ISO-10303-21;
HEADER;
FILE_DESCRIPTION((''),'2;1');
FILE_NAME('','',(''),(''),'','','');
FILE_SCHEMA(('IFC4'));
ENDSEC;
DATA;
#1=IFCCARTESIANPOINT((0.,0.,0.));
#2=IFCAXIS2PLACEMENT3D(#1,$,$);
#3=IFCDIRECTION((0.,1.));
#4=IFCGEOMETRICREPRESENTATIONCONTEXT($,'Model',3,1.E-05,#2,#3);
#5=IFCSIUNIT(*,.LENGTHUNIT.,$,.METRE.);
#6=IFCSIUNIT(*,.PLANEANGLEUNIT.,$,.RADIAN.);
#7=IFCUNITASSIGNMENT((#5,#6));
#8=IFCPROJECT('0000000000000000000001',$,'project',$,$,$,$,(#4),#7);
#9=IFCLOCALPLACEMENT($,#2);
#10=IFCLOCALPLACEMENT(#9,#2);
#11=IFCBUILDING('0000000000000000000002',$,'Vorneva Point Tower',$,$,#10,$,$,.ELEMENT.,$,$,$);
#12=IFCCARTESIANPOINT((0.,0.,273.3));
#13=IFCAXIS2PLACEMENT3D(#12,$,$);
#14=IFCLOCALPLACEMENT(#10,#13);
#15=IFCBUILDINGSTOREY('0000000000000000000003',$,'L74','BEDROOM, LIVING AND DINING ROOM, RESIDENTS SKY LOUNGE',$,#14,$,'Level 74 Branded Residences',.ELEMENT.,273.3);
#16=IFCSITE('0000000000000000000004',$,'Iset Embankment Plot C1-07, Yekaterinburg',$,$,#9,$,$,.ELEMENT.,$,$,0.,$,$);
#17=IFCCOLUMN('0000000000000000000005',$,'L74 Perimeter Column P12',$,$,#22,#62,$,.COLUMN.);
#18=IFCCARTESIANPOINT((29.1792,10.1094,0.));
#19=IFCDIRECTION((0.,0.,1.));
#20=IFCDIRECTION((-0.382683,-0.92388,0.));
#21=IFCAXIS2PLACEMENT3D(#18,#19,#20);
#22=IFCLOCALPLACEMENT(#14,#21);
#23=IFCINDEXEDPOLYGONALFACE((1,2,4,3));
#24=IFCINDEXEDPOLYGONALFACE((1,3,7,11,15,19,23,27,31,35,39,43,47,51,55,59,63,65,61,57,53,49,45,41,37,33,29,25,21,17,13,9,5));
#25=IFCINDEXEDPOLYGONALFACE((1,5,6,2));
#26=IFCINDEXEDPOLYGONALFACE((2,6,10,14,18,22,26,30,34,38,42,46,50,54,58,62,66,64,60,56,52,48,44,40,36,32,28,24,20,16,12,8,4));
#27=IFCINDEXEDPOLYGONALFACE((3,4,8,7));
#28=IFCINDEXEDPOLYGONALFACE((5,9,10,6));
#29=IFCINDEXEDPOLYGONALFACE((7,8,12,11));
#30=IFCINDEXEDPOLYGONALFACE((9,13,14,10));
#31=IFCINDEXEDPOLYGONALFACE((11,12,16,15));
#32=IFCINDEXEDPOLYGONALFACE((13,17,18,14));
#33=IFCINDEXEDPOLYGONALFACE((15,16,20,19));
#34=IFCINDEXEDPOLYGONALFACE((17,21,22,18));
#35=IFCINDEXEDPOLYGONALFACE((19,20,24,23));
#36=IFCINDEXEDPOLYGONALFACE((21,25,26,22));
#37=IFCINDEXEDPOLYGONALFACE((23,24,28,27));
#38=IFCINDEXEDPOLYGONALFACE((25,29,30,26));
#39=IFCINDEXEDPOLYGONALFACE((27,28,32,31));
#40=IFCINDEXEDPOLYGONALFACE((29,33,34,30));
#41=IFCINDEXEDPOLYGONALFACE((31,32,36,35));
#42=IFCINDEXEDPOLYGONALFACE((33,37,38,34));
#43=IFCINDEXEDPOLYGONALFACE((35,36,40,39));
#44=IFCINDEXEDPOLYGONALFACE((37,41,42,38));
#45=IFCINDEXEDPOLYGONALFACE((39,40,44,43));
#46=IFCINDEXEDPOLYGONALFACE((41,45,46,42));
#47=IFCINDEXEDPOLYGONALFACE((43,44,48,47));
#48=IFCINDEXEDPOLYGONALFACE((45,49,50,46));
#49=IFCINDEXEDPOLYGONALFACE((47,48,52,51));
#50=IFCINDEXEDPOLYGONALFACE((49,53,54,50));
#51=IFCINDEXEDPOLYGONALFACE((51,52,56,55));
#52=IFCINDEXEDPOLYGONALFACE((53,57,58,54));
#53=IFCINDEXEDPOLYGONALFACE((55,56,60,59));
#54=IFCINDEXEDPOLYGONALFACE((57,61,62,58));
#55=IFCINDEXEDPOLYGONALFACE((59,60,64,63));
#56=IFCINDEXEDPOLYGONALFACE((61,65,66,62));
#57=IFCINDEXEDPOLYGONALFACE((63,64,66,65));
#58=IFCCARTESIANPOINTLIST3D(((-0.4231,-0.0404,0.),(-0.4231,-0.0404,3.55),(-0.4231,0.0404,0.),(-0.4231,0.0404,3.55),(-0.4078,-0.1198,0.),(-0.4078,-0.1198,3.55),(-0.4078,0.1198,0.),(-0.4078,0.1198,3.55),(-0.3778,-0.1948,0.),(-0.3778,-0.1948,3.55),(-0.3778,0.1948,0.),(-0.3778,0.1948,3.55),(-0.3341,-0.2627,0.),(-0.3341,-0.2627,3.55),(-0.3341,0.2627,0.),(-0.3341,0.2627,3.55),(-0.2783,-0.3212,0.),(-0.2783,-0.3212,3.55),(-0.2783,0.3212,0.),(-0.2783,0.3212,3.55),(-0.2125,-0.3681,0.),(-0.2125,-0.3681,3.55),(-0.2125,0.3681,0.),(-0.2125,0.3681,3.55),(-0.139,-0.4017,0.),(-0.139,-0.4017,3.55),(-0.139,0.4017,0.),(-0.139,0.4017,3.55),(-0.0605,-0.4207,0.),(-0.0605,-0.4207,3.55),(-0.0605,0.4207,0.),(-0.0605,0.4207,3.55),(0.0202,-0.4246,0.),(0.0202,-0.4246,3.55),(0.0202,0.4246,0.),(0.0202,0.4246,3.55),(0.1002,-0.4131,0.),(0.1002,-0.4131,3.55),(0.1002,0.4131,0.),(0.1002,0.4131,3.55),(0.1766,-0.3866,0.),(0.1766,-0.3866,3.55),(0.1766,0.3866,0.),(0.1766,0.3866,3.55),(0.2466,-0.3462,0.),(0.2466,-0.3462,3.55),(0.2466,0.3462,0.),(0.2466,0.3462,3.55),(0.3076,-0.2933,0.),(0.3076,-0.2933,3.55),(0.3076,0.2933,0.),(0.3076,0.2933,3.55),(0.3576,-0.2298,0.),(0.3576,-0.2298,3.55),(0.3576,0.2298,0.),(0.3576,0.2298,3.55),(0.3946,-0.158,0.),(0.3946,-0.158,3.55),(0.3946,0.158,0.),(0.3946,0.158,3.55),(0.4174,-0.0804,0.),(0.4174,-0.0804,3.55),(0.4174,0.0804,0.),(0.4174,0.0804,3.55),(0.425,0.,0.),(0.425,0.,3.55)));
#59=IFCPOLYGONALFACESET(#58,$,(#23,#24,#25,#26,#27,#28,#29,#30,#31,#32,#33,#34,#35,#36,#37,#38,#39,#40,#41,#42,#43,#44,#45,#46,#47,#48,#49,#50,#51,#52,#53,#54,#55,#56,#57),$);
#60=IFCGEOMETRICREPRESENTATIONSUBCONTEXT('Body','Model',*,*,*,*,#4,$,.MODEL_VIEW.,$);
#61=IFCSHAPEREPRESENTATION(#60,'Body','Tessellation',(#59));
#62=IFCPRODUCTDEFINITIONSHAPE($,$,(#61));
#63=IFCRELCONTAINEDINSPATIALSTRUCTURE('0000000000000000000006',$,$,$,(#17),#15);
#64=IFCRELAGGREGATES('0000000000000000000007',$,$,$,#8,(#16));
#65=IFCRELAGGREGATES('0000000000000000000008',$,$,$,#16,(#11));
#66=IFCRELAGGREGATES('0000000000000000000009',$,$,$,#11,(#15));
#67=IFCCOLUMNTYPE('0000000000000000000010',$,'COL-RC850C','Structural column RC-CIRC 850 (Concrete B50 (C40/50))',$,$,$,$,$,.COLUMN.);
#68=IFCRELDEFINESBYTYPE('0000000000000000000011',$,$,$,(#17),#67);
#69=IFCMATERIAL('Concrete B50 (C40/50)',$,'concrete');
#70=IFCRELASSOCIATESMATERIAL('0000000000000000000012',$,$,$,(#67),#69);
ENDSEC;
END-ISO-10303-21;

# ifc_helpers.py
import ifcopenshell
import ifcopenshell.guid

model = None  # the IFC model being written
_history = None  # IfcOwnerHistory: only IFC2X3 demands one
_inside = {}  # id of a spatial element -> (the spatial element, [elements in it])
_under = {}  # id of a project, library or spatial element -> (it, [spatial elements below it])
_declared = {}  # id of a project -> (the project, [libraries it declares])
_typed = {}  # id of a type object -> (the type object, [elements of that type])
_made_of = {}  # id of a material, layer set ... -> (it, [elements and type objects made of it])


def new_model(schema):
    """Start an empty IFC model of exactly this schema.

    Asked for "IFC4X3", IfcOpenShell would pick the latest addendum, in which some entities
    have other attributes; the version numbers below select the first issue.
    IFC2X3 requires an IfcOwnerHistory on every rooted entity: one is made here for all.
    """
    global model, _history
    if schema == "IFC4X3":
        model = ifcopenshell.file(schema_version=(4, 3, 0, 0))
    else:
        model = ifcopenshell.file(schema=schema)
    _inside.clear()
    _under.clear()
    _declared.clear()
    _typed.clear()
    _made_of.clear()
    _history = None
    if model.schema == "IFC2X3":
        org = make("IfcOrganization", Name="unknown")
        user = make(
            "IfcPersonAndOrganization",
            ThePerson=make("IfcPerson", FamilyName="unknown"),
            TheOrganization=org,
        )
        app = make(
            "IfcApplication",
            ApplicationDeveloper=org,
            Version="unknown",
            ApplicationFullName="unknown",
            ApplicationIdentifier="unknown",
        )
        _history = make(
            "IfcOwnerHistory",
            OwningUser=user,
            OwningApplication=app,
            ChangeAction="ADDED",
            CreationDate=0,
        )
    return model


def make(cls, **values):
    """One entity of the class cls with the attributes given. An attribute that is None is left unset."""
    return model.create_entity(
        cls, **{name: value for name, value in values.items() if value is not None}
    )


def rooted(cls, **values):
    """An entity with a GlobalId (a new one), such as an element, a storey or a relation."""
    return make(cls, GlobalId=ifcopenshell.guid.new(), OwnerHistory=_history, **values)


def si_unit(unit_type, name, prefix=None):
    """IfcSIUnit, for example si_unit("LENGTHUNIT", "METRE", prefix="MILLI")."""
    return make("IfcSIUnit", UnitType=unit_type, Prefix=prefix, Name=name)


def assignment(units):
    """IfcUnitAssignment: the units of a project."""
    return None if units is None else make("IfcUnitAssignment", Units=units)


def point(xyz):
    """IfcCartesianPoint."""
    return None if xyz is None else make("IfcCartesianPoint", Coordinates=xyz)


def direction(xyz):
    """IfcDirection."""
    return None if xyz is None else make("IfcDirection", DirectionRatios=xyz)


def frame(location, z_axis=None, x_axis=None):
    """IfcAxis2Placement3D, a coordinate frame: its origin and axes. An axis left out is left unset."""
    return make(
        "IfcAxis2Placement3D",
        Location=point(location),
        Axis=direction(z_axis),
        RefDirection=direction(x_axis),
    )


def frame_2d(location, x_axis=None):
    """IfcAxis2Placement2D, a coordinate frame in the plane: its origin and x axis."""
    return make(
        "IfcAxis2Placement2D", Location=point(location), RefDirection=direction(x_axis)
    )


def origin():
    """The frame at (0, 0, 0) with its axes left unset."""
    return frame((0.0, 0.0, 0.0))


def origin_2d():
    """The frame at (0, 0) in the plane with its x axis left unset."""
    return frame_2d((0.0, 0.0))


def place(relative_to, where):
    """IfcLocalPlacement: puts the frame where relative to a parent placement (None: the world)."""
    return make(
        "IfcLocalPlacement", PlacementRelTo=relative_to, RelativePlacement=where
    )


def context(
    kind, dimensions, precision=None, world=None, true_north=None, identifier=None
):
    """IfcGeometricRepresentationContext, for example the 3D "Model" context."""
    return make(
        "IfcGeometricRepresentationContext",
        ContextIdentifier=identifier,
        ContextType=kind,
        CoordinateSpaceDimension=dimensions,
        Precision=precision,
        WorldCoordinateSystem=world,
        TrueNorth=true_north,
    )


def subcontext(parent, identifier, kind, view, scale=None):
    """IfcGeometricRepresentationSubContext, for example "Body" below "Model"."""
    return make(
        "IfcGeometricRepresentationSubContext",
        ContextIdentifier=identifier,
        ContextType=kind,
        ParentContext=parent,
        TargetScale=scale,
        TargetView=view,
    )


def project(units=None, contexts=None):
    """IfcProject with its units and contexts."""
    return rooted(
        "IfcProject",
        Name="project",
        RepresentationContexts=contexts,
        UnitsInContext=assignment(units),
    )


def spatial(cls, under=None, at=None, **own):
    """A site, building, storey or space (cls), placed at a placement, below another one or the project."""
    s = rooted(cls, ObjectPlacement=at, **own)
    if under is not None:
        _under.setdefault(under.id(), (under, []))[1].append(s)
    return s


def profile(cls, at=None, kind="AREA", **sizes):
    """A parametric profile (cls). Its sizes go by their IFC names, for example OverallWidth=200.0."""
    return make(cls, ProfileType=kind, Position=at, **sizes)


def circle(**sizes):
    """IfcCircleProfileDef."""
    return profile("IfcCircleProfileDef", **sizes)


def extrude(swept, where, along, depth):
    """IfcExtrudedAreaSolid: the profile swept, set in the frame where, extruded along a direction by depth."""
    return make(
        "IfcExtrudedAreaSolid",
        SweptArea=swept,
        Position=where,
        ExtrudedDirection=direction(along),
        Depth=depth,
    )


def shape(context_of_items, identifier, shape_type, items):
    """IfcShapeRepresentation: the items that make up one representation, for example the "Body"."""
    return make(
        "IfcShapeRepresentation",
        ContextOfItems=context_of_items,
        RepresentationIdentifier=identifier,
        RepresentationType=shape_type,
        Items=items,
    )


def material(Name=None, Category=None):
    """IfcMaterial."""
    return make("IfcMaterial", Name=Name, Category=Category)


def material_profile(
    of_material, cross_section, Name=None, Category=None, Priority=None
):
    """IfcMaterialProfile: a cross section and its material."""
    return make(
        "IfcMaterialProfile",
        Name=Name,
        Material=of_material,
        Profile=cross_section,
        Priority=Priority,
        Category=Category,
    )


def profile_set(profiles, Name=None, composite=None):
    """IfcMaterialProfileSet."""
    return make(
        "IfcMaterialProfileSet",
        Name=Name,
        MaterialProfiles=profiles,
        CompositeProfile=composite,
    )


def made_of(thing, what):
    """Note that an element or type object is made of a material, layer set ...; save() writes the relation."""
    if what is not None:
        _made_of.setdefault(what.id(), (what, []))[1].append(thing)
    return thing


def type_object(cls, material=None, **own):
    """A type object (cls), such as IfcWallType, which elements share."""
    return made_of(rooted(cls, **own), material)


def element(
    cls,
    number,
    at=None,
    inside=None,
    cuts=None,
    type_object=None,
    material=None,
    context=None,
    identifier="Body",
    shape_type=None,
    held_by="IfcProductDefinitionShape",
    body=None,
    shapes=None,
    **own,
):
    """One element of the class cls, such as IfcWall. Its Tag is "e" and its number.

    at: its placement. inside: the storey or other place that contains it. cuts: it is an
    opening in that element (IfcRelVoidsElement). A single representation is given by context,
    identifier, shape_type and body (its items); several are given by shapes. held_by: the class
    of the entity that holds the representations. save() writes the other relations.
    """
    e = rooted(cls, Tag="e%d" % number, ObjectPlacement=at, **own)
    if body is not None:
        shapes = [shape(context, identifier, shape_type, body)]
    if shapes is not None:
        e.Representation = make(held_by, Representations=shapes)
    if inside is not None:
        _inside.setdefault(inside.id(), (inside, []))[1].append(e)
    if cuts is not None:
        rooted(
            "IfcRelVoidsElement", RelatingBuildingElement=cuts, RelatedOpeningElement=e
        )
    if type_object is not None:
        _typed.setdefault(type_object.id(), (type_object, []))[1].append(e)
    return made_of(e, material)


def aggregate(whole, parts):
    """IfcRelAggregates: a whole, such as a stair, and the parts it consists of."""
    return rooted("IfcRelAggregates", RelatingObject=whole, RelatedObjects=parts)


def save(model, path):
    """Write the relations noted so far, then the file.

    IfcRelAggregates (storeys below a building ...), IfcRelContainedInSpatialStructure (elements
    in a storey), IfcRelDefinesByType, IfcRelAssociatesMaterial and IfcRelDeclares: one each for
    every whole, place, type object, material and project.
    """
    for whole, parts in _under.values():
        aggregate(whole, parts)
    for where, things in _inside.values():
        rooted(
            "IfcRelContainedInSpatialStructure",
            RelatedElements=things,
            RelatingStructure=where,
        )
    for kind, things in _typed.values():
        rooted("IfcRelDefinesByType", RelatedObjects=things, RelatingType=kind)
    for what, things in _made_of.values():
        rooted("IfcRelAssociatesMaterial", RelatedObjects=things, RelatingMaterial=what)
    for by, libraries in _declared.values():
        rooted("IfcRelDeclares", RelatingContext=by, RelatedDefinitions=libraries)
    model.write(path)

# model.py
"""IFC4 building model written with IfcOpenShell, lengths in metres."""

from ifc_helpers import new_model, si_unit, direction, frame, origin, origin_2d, place, context, subcontext, project, spatial, circle, extrude, material, material_profile, profile_set, type_object, element, save


model = new_model("IFC4")

# Units and contexts
model_context = context("Model", 3, precision=1e-05, world=origin(), true_north=direction((0.0, 1.0)))
body_context = subcontext(model_context, "Body", "Model", "MODEL_VIEW")
ifc_project = project(units=[si_unit("LENGTHUNIT", "METRE"), si_unit("PLANEANGLEUNIT", "RADIAN")], contexts=[model_context])

# Site, building, storey
site_placement = place(None, origin())
site = spatial("IfcSite", under=ifc_project, at=site_placement, Name="Iset Embankment Plot C1-07, Yekaterinburg", CompositionType="ELEMENT", RefElevation=0.0)
building_placement = place(site_placement, origin())
building = spatial("IfcBuilding", under=site, at=building_placement, Name="Vorneva Point Tower", CompositionType="ELEMENT")
storey_placement = place(building_placement, frame((0.0, 0.0, 273.3)))
storey = spatial("IfcBuildingStorey", under=building, at=storey_placement, Name="L74", Description="BEDROOM, LIVING AND DINING ROOM, RESIDENTS SKY LOUNGE", LongName="Level 74 Branded Residences", CompositionType="ELEMENT", Elevation=273.3)

# Column
ifc_material_1 = material(Name="Concrete B50 (C40/50)", Category="concrete")
ifc_material_profile_1 = material_profile(ifc_material_1, circle(Radius=0.425, at=origin_2d()), Name="RC-CIRC 850")
ifc_profile_set_1 = profile_set([ifc_material_profile_1], Name="Concrete B50 (C40/50)")
column_type = type_object("IfcColumnType", Name="COL-RC850C", Description="Structural column RC-CIRC 850 (Concrete B50 (C40/50))", PredefinedType="COLUMN", material=ifc_profile_set_1)
column_placement = place(storey_placement, frame((29.1792, 10.1094, 0.0), z_axis=(0.0, 0.0, 1.0), x_axis=(-0.382683, -0.92388, 0.0)))
element("IfcColumn", 1, at=column_placement, inside=storey, type_object=column_type, Name="L74 Perimeter Column P12", PredefinedType="COLUMN", context=body_context, shape_type="SweptSolid", body=[
    extrude(circle(Radius=0.425, at=origin_2d()), origin(), (0.0, 0.0, 1.0), 3.55),
])

save(model, "model.ifc")
